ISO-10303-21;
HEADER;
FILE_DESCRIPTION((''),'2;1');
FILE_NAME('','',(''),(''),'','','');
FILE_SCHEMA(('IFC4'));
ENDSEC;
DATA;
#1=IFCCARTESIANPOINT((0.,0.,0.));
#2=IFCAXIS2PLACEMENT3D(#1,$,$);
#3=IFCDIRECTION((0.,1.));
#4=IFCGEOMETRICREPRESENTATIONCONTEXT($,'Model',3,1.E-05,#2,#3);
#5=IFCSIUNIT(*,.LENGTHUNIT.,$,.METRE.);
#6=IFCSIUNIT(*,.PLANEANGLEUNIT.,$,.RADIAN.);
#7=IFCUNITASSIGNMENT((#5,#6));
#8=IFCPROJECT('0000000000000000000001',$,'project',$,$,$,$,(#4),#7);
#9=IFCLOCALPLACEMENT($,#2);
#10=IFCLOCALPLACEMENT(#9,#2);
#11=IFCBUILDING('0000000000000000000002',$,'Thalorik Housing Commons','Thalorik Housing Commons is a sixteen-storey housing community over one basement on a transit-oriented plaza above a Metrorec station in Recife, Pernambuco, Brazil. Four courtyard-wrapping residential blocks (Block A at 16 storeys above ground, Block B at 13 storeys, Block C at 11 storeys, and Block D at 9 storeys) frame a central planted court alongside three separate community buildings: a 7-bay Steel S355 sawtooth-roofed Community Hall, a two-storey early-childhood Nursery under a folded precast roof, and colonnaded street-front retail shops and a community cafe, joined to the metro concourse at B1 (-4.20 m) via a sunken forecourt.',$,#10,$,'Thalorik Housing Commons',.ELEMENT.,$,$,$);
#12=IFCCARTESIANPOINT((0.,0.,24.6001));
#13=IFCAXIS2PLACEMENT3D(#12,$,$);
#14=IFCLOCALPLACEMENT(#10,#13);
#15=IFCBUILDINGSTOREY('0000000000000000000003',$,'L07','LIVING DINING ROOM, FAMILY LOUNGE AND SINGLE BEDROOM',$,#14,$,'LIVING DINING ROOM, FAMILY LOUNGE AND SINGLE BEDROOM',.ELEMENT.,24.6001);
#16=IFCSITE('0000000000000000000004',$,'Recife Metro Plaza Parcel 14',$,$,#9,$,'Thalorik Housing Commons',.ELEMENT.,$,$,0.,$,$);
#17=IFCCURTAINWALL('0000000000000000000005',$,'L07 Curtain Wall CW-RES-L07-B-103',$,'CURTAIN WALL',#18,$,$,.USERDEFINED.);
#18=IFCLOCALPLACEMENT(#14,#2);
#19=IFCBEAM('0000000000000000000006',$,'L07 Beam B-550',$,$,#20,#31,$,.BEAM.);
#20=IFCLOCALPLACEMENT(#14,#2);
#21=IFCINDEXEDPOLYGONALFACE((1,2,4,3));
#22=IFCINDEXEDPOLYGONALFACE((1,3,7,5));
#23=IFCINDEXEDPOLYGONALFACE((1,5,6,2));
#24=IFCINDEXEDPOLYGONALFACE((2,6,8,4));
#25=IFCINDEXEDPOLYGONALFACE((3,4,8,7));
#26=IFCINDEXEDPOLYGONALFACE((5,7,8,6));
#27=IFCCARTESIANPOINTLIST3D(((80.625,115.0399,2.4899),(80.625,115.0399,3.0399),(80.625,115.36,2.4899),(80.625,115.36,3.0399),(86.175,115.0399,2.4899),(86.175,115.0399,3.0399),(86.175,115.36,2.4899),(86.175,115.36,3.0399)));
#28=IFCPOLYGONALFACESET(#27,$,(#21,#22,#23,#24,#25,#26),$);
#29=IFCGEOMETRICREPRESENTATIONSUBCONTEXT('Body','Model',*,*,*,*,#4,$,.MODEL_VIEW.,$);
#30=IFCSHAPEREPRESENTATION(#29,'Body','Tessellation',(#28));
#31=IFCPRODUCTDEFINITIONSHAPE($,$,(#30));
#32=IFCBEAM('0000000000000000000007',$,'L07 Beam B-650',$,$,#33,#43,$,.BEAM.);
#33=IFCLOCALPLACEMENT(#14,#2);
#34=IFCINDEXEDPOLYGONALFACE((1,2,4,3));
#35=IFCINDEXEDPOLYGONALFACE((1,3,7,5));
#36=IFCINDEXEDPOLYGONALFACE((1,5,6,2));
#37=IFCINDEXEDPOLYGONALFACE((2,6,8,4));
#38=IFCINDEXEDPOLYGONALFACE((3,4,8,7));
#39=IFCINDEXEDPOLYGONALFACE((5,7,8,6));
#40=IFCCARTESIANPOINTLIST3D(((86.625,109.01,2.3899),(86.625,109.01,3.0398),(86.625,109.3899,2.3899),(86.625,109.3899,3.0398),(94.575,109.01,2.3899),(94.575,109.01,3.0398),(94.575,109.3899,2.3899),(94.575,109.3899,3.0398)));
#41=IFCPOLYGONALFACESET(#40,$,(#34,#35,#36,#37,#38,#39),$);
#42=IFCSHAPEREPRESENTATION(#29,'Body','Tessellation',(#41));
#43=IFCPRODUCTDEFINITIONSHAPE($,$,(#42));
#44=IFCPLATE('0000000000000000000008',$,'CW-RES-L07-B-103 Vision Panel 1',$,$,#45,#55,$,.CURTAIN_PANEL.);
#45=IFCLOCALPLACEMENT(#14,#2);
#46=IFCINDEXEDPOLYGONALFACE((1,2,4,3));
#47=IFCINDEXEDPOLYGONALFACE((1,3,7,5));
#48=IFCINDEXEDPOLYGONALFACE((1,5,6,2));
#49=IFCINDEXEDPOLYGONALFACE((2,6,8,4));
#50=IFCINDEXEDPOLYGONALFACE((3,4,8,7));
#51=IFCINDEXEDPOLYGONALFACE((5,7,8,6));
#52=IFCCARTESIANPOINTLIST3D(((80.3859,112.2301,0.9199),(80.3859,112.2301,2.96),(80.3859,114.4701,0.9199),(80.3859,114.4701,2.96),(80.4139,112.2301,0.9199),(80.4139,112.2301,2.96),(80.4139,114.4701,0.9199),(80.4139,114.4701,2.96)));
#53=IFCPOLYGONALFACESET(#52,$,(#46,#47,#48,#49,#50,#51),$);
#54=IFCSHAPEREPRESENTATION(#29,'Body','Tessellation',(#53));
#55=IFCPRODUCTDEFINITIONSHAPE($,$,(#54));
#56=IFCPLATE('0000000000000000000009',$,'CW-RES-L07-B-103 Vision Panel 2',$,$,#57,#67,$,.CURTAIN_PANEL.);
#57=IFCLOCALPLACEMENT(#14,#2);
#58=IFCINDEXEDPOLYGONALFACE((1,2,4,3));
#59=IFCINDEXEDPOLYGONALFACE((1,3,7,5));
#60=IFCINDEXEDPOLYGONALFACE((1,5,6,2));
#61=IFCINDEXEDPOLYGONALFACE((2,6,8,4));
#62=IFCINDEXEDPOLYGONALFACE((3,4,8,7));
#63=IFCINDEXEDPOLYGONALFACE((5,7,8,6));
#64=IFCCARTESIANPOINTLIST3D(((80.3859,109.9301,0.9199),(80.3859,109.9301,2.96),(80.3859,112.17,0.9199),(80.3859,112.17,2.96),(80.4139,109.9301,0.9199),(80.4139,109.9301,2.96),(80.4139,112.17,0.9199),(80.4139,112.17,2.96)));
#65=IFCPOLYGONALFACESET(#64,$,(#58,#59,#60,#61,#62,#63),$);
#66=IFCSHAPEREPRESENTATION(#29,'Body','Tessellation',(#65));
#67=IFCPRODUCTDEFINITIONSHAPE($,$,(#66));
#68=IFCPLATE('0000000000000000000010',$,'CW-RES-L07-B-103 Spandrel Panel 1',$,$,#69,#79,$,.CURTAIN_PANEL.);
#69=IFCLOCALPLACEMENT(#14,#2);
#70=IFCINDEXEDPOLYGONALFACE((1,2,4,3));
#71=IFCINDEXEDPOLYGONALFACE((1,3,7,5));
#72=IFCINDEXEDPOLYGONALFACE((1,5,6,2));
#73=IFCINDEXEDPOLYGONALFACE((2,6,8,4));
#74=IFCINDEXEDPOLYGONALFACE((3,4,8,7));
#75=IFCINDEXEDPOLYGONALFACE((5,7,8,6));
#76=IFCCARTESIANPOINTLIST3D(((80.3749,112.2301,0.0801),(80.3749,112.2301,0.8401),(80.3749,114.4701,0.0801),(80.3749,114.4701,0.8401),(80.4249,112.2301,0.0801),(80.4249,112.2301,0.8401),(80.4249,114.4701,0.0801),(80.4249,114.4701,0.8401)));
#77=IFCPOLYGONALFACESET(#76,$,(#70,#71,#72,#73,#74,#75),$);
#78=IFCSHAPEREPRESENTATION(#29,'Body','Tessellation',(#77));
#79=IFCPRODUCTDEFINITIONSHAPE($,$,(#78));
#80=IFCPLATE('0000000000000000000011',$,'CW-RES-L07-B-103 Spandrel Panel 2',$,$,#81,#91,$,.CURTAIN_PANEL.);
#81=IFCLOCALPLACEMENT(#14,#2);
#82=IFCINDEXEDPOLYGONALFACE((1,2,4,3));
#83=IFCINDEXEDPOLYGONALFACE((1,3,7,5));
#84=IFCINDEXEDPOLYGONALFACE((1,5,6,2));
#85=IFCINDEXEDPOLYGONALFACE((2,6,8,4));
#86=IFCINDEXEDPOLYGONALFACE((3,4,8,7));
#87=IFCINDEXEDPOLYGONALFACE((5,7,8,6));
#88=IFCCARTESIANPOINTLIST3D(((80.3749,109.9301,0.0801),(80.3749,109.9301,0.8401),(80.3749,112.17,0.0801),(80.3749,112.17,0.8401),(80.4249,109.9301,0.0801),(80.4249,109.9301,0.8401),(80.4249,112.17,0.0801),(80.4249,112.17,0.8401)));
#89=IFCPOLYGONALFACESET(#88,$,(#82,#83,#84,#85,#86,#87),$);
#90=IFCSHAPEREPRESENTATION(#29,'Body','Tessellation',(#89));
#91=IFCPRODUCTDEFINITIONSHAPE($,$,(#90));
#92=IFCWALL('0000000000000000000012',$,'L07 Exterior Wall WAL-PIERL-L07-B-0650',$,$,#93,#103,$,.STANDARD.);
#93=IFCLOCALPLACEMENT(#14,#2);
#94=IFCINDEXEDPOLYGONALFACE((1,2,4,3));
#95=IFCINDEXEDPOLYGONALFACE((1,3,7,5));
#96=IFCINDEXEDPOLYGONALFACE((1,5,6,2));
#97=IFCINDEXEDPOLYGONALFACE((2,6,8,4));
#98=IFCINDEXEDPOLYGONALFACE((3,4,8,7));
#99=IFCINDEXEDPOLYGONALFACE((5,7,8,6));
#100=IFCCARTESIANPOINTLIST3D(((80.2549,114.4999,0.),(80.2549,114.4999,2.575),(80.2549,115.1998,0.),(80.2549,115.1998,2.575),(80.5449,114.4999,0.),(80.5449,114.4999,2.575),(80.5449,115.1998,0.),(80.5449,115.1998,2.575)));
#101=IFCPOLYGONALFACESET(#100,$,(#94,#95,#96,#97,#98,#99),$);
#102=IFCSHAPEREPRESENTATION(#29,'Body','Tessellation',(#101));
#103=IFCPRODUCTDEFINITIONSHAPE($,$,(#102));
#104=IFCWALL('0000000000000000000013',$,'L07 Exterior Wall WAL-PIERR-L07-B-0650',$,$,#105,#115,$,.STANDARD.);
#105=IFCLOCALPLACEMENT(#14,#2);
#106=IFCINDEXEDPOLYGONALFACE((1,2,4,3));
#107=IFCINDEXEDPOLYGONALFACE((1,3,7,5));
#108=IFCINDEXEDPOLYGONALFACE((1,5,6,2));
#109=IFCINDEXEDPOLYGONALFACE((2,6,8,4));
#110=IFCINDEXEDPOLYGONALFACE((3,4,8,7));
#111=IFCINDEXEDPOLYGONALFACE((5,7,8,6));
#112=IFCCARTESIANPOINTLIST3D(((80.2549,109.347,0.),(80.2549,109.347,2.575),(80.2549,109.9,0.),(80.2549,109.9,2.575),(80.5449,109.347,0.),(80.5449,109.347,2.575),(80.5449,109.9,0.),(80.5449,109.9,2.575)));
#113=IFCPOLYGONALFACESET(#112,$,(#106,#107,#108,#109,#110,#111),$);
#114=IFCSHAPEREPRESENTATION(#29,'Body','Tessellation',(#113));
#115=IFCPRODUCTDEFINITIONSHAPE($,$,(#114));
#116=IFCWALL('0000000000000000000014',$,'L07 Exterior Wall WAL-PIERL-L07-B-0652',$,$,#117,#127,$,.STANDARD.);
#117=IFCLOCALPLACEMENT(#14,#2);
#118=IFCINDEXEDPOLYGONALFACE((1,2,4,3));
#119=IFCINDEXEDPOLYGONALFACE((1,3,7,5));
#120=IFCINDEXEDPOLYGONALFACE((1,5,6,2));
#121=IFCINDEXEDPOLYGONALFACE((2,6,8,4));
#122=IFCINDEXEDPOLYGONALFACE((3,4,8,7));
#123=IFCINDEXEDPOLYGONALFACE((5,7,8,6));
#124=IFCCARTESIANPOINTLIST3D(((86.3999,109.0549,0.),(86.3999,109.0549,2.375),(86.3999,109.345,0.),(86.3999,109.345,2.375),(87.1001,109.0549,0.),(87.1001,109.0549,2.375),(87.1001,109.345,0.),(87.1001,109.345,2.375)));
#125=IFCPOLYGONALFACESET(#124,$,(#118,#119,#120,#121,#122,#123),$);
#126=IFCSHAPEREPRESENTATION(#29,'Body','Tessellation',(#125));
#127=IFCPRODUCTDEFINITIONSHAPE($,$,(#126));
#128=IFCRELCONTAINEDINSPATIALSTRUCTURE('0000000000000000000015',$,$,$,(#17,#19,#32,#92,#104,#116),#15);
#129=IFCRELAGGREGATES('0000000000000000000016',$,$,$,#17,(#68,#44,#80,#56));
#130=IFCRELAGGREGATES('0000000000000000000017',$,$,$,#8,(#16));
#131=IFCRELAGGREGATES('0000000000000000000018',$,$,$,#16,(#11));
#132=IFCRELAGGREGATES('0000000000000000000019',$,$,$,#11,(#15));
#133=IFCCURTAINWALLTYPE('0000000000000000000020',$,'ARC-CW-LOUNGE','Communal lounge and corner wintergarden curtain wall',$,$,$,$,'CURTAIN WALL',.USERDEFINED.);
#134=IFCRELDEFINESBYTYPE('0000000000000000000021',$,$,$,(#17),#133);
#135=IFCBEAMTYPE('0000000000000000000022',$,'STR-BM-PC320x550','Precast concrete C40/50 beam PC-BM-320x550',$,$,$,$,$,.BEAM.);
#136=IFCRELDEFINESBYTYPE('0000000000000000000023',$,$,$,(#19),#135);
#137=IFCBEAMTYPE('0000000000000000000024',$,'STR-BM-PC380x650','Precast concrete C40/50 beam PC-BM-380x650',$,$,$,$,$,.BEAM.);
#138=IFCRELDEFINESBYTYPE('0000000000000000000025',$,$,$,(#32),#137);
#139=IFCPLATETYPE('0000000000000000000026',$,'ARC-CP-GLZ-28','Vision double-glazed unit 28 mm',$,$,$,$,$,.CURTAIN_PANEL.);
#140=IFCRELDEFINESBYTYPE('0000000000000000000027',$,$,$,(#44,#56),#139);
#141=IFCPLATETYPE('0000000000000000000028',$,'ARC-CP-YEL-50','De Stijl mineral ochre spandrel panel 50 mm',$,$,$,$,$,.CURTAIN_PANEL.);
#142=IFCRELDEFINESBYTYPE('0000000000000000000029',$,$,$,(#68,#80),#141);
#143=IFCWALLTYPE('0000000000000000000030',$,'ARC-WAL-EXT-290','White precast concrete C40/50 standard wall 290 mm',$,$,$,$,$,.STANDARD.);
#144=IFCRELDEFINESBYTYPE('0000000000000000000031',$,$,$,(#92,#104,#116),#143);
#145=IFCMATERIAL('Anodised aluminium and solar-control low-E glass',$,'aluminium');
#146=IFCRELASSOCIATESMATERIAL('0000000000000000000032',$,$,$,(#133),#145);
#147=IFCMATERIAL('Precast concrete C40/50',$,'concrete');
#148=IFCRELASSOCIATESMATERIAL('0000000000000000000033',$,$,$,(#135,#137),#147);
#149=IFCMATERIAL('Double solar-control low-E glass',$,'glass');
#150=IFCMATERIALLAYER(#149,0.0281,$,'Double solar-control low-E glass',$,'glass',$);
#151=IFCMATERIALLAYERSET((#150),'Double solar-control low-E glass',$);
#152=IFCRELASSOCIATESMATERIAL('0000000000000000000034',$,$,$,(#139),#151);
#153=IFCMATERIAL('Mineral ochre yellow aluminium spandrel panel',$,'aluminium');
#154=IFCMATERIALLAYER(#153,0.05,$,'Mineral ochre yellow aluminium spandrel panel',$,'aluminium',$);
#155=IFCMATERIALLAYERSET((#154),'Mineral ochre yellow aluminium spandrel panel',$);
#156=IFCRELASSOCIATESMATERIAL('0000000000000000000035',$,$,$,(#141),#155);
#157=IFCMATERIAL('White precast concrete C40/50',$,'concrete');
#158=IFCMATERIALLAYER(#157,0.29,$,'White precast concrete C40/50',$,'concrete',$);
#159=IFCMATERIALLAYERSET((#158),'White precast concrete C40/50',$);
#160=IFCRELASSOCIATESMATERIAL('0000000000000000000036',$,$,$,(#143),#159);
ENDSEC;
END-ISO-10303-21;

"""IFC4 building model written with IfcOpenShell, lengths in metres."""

from ifc_helpers import new_model, si_unit, direction, frame, frame_2d, origin, origin_2d, place, context, subcontext, project, spatial, rectangle, extrude, material, layer, layer_set, material_profile, profile_set, type_object, element, aggregate, save


model = new_model("IFC4")

# Units and contexts
model_context = context("Model", 3, precision=1e-05, world=origin(), true_north=direction((0.0, 1.0)))
body_context = subcontext(model_context, "Body", "Model", "MODEL_VIEW")
ifc_project = project(units=[si_unit("LENGTHUNIT", "METRE"), si_unit("PLANEANGLEUNIT", "RADIAN")], contexts=[model_context])

# Site, building, storey
site_placement = place(None, origin())
site = spatial("IfcSite", under=ifc_project, at=site_placement, Name="Recife Metro Plaza Parcel 14", LongName="Thalorik Housing Commons", CompositionType="ELEMENT", RefElevation=0.0)
building_placement = place(site_placement, origin())
building = spatial("IfcBuilding", under=site, at=building_placement, Name="Thalorik Housing Commons", Description="Thalorik Housing Commons is a sixteen-storey housing community over one basement on a transit-oriented plaza above a Metrorec station in Recife, Pernambuco, Brazil. Four courtyard-wrapping residential blocks (Block A at 16 storeys above ground, Block B at 13 storeys, Block C at 11 storeys, and Block D at 9 storeys) frame a central planted court alongside three separate community buildings: a 7-bay Steel S355 sawtooth-roofed Community Hall, a two-storey early-childhood Nursery under a folded precast roof, and colonnaded street-front retail shops and a community cafe, joined to the metro concourse at B1 (-4.20 m) via a sunken forecourt.", LongName="Thalorik Housing Commons", CompositionType="ELEMENT")
storey_placement = place(building_placement, frame((0.0, 0.0, 24.6001)))
storey = spatial("IfcBuildingStorey", under=building, at=storey_placement, Name="L07", Description="LIVING DINING ROOM, FAMILY LOUNGE AND SINGLE BEDROOM", LongName="LIVING DINING ROOM, FAMILY LOUNGE AND SINGLE BEDROOM", CompositionType="ELEMENT", Elevation=24.6001)

# Shared definitions
ifc_material_1 = material(Name="Precast concrete C40/50", Category="concrete")

# Curtain wall
ifc_material_2 = material(Name="Anodised aluminium and solar-control low-E glass", Category="aluminium")
curtain_wall_type = type_object("IfcCurtainWallType", Name="ARC-CW-LOUNGE", Description="Communal lounge and corner wintergarden curtain wall", ElementType="CURTAIN WALL", PredefinedType="USERDEFINED", material=ifc_material_2)
curtain_wall_1_placement = place(storey_placement, origin())
curtain_wall_1 = element("IfcCurtainWall", 1, at=curtain_wall_1_placement, inside=storey, type_object=curtain_wall_type, Name="L07 Curtain Wall CW-RES-L07-B-103", ObjectType="CURTAIN WALL", PredefinedType="USERDEFINED")

# Beams
ifc_material_profile_1 = material_profile(ifc_material_1, rectangle(XDim=0.3201, YDim=0.55, at=origin_2d()), Name="PC 320x550", Category="concrete")
ifc_profile_set_1 = profile_set([ifc_material_profile_1], Name="Precast concrete C40/50")
beam_type_1 = type_object("IfcBeamType", Name="STR-BM-PC320x550", Description="Precast concrete C40/50 beam PC-BM-320x550", PredefinedType="BEAM", material=ifc_profile_set_1)
for number, where, z_axis, x_axis, name in (
    (2, (80.625, 115.2, 2.7649), (1.0, 0.0, 0.0), (0.0, 1.0, 0.0), "L07 Beam B-550"),
):
    element("IfcBeam", number, at=place(storey_placement, frame(where, z_axis=z_axis, x_axis=x_axis)), inside=storey, type_object=beam_type_1, Name=name, PredefinedType="BEAM", context=body_context, shape_type="SweptSolid", body=[
        extrude(rectangle(XDim=0.3201, YDim=0.55, at=origin_2d()), origin(), (0.0, 0.0, 1.0), 5.55),
    ])
ifc_material_profile_2 = material_profile(ifc_material_1, rectangle(XDim=0.3799, YDim=0.6499, at=origin_2d()), Name="PC 380x650", Category="concrete")
ifc_profile_set_2 = profile_set([ifc_material_profile_2], Name="Precast concrete C40/50")
beam_type_2 = type_object("IfcBeamType", Name="STR-BM-PC380x650", Description="Precast concrete C40/50 beam PC-BM-380x650", PredefinedType="BEAM", material=ifc_profile_set_2)
beam_placement = place(storey_placement, frame((86.625, 109.2, 2.7148), z_axis=(1.0, 0.0, 0.0), x_axis=(0.0, 1.0, 0.0)))
element("IfcBeam", 3, at=beam_placement, inside=storey, type_object=beam_type_2, Name="L07 Beam B-650", PredefinedType="BEAM", context=body_context, shape_type="SweptSolid", body=[
    extrude(rectangle(XDim=0.3799, YDim=0.6499, at=origin_2d()), origin(), (0.0, 0.0, 1.0), 7.95),
])

# Plates
ifc_material_3 = material(Name="Double solar-control low-E glass", Category="glass")
ifc_layer_1 = layer(ifc_material_3, 0.0281, Name="Double solar-control low-E glass", Category="glass")
ifc_layer_set_1 = layer_set([ifc_layer_1], Name="Double solar-control low-E glass")
plate_type_1 = type_object("IfcPlateType", Name="ARC-CP-GLZ-28", Description="Vision double-glazed unit 28 mm", PredefinedType="CURTAIN_PANEL", material=ifc_layer_set_1)
plate_1_placement = place(storey_placement, frame((80.3999, 113.3501, 0.9199), z_axis=(0.0, 0.0, 1.0), x_axis=(0.0, -1.0, 0.0)))
plate_1 = element("IfcPlate", 4, at=plate_1_placement, type_object=plate_type_1, Name="CW-RES-L07-B-103 Vision Panel 1", PredefinedType="CURTAIN_PANEL", context=body_context, shape_type="SweptSolid", body=[
    extrude(rectangle(XDim=2.24, YDim=0.0281, at=origin_2d()), origin(), (0.0, 0.0, 1.0), 2.04),
])
plate_2_placement = place(storey_placement, frame((80.3999, 111.05, 0.9199), z_axis=(0.0, 0.0, 1.0), x_axis=(0.0, -1.0, 0.0)))
plate_2 = element("IfcPlate", 5, at=plate_2_placement, type_object=plate_type_1, Name="CW-RES-L07-B-103 Vision Panel 2", PredefinedType="CURTAIN_PANEL", context=body_context, shape_type="SweptSolid", body=[
    extrude(rectangle(XDim=2.24, YDim=0.0281, at=origin_2d()), origin(), (0.0, 0.0, 1.0), 2.04),
])
ifc_material_4 = material(Name="Mineral ochre yellow aluminium spandrel panel", Category="aluminium")
ifc_layer_2 = layer(ifc_material_4, 0.05, Name="Mineral ochre yellow aluminium spandrel panel", Category="aluminium")
ifc_layer_set_2 = layer_set([ifc_layer_2], Name="Mineral ochre yellow aluminium spandrel panel")
plate_type_2 = type_object("IfcPlateType", Name="ARC-CP-YEL-50", Description="De Stijl mineral ochre spandrel panel 50 mm", PredefinedType="CURTAIN_PANEL", material=ifc_layer_set_2)
plate_3_placement = place(storey_placement, frame((80.3999, 113.3501, 0.0801), z_axis=(0.0, 0.0, 1.0), x_axis=(0.0, -1.0, 0.0)))
plate_3 = element("IfcPlate", 6, at=plate_3_placement, type_object=plate_type_2, Name="CW-RES-L07-B-103 Spandrel Panel 1", PredefinedType="CURTAIN_PANEL", context=body_context, shape_type="SweptSolid", body=[
    extrude(rectangle(XDim=2.24, YDim=0.05, at=origin_2d()), origin(), (0.0, 0.0, 1.0), 0.76),
])
plate_4_placement = place(storey_placement, frame((80.3999, 111.05, 0.0801), z_axis=(0.0, 0.0, 1.0), x_axis=(0.0, -1.0, 0.0)))
plate_4 = element("IfcPlate", 7, at=plate_4_placement, type_object=plate_type_2, Name="CW-RES-L07-B-103 Spandrel Panel 2", PredefinedType="CURTAIN_PANEL", context=body_context, shape_type="SweptSolid", body=[
    extrude(rectangle(XDim=2.24, YDim=0.05, at=origin_2d()), origin(), (0.0, 0.0, 1.0), 0.76),
])
aggregate(curtain_wall_1, [plate_3, plate_1, plate_4, plate_2])

# Walls
ifc_material_5 = material(Name="White precast concrete C40/50", Category="concrete")
ifc_layer_3 = layer(ifc_material_5, 0.29, Name="White precast concrete C40/50", Category="concrete")
ifc_layer_set_3 = layer_set([ifc_layer_3], Name="White precast concrete C40/50")
wall_type = type_object("IfcWallType", Name="ARC-WAL-EXT-290", Description="White precast concrete C40/50 standard wall 290 mm", PredefinedType="STANDARD", material=ifc_layer_set_3)
wall_1_placement = place(storey_placement, frame((80.3999, 115.2, 0.0), z_axis=(0.0, 0.0, 1.0), x_axis=(0.0, -1.0, 0.0)))
element("IfcWall", 8, at=wall_1_placement, inside=storey, type_object=wall_type, Name="L07 Exterior Wall WAL-PIERL-L07-B-0650", PredefinedType="STANDARD", context=body_context, shape_type="SweptSolid", body=[
    extrude(rectangle(XDim=0.7, YDim=0.29, at=frame_2d((0.3501, 0.0))), origin(), (0.0, 0.0, 1.0), 2.575),
])
wall_2_placement = place(storey_placement, frame((80.3999, 109.8999, 0.0), z_axis=(0.0, 0.0, 1.0), x_axis=(0.0, -1.0, 0.0)))
element("IfcWall", 9, at=wall_2_placement, inside=storey, type_object=wall_type, Name="L07 Exterior Wall WAL-PIERR-L07-B-0650", PredefinedType="STANDARD", context=body_context, shape_type="SweptSolid", body=[
    extrude(rectangle(XDim=0.553, YDim=0.29, at=frame_2d((0.2764, 0.0))), origin(), (0.0, 0.0, 1.0), 2.575),
])
wall_3_placement = place(storey_placement, frame((86.3999, 109.2, 0.0), z_axis=(0.0, 0.0, 1.0), x_axis=(1.0, 0.0, 0.0)))
element("IfcWall", 10, at=wall_3_placement, inside=storey, type_object=wall_type, Name="L07 Exterior Wall WAL-PIERL-L07-B-0652", PredefinedType="STANDARD", context=body_context, shape_type="SweptSolid", body=[
    extrude(rectangle(XDim=0.7002, YDim=0.29, at=frame_2d((0.3501, 0.0))), origin(), (0.0, 0.0, 1.0), 2.375),
])

save(model, "model.ifc")
